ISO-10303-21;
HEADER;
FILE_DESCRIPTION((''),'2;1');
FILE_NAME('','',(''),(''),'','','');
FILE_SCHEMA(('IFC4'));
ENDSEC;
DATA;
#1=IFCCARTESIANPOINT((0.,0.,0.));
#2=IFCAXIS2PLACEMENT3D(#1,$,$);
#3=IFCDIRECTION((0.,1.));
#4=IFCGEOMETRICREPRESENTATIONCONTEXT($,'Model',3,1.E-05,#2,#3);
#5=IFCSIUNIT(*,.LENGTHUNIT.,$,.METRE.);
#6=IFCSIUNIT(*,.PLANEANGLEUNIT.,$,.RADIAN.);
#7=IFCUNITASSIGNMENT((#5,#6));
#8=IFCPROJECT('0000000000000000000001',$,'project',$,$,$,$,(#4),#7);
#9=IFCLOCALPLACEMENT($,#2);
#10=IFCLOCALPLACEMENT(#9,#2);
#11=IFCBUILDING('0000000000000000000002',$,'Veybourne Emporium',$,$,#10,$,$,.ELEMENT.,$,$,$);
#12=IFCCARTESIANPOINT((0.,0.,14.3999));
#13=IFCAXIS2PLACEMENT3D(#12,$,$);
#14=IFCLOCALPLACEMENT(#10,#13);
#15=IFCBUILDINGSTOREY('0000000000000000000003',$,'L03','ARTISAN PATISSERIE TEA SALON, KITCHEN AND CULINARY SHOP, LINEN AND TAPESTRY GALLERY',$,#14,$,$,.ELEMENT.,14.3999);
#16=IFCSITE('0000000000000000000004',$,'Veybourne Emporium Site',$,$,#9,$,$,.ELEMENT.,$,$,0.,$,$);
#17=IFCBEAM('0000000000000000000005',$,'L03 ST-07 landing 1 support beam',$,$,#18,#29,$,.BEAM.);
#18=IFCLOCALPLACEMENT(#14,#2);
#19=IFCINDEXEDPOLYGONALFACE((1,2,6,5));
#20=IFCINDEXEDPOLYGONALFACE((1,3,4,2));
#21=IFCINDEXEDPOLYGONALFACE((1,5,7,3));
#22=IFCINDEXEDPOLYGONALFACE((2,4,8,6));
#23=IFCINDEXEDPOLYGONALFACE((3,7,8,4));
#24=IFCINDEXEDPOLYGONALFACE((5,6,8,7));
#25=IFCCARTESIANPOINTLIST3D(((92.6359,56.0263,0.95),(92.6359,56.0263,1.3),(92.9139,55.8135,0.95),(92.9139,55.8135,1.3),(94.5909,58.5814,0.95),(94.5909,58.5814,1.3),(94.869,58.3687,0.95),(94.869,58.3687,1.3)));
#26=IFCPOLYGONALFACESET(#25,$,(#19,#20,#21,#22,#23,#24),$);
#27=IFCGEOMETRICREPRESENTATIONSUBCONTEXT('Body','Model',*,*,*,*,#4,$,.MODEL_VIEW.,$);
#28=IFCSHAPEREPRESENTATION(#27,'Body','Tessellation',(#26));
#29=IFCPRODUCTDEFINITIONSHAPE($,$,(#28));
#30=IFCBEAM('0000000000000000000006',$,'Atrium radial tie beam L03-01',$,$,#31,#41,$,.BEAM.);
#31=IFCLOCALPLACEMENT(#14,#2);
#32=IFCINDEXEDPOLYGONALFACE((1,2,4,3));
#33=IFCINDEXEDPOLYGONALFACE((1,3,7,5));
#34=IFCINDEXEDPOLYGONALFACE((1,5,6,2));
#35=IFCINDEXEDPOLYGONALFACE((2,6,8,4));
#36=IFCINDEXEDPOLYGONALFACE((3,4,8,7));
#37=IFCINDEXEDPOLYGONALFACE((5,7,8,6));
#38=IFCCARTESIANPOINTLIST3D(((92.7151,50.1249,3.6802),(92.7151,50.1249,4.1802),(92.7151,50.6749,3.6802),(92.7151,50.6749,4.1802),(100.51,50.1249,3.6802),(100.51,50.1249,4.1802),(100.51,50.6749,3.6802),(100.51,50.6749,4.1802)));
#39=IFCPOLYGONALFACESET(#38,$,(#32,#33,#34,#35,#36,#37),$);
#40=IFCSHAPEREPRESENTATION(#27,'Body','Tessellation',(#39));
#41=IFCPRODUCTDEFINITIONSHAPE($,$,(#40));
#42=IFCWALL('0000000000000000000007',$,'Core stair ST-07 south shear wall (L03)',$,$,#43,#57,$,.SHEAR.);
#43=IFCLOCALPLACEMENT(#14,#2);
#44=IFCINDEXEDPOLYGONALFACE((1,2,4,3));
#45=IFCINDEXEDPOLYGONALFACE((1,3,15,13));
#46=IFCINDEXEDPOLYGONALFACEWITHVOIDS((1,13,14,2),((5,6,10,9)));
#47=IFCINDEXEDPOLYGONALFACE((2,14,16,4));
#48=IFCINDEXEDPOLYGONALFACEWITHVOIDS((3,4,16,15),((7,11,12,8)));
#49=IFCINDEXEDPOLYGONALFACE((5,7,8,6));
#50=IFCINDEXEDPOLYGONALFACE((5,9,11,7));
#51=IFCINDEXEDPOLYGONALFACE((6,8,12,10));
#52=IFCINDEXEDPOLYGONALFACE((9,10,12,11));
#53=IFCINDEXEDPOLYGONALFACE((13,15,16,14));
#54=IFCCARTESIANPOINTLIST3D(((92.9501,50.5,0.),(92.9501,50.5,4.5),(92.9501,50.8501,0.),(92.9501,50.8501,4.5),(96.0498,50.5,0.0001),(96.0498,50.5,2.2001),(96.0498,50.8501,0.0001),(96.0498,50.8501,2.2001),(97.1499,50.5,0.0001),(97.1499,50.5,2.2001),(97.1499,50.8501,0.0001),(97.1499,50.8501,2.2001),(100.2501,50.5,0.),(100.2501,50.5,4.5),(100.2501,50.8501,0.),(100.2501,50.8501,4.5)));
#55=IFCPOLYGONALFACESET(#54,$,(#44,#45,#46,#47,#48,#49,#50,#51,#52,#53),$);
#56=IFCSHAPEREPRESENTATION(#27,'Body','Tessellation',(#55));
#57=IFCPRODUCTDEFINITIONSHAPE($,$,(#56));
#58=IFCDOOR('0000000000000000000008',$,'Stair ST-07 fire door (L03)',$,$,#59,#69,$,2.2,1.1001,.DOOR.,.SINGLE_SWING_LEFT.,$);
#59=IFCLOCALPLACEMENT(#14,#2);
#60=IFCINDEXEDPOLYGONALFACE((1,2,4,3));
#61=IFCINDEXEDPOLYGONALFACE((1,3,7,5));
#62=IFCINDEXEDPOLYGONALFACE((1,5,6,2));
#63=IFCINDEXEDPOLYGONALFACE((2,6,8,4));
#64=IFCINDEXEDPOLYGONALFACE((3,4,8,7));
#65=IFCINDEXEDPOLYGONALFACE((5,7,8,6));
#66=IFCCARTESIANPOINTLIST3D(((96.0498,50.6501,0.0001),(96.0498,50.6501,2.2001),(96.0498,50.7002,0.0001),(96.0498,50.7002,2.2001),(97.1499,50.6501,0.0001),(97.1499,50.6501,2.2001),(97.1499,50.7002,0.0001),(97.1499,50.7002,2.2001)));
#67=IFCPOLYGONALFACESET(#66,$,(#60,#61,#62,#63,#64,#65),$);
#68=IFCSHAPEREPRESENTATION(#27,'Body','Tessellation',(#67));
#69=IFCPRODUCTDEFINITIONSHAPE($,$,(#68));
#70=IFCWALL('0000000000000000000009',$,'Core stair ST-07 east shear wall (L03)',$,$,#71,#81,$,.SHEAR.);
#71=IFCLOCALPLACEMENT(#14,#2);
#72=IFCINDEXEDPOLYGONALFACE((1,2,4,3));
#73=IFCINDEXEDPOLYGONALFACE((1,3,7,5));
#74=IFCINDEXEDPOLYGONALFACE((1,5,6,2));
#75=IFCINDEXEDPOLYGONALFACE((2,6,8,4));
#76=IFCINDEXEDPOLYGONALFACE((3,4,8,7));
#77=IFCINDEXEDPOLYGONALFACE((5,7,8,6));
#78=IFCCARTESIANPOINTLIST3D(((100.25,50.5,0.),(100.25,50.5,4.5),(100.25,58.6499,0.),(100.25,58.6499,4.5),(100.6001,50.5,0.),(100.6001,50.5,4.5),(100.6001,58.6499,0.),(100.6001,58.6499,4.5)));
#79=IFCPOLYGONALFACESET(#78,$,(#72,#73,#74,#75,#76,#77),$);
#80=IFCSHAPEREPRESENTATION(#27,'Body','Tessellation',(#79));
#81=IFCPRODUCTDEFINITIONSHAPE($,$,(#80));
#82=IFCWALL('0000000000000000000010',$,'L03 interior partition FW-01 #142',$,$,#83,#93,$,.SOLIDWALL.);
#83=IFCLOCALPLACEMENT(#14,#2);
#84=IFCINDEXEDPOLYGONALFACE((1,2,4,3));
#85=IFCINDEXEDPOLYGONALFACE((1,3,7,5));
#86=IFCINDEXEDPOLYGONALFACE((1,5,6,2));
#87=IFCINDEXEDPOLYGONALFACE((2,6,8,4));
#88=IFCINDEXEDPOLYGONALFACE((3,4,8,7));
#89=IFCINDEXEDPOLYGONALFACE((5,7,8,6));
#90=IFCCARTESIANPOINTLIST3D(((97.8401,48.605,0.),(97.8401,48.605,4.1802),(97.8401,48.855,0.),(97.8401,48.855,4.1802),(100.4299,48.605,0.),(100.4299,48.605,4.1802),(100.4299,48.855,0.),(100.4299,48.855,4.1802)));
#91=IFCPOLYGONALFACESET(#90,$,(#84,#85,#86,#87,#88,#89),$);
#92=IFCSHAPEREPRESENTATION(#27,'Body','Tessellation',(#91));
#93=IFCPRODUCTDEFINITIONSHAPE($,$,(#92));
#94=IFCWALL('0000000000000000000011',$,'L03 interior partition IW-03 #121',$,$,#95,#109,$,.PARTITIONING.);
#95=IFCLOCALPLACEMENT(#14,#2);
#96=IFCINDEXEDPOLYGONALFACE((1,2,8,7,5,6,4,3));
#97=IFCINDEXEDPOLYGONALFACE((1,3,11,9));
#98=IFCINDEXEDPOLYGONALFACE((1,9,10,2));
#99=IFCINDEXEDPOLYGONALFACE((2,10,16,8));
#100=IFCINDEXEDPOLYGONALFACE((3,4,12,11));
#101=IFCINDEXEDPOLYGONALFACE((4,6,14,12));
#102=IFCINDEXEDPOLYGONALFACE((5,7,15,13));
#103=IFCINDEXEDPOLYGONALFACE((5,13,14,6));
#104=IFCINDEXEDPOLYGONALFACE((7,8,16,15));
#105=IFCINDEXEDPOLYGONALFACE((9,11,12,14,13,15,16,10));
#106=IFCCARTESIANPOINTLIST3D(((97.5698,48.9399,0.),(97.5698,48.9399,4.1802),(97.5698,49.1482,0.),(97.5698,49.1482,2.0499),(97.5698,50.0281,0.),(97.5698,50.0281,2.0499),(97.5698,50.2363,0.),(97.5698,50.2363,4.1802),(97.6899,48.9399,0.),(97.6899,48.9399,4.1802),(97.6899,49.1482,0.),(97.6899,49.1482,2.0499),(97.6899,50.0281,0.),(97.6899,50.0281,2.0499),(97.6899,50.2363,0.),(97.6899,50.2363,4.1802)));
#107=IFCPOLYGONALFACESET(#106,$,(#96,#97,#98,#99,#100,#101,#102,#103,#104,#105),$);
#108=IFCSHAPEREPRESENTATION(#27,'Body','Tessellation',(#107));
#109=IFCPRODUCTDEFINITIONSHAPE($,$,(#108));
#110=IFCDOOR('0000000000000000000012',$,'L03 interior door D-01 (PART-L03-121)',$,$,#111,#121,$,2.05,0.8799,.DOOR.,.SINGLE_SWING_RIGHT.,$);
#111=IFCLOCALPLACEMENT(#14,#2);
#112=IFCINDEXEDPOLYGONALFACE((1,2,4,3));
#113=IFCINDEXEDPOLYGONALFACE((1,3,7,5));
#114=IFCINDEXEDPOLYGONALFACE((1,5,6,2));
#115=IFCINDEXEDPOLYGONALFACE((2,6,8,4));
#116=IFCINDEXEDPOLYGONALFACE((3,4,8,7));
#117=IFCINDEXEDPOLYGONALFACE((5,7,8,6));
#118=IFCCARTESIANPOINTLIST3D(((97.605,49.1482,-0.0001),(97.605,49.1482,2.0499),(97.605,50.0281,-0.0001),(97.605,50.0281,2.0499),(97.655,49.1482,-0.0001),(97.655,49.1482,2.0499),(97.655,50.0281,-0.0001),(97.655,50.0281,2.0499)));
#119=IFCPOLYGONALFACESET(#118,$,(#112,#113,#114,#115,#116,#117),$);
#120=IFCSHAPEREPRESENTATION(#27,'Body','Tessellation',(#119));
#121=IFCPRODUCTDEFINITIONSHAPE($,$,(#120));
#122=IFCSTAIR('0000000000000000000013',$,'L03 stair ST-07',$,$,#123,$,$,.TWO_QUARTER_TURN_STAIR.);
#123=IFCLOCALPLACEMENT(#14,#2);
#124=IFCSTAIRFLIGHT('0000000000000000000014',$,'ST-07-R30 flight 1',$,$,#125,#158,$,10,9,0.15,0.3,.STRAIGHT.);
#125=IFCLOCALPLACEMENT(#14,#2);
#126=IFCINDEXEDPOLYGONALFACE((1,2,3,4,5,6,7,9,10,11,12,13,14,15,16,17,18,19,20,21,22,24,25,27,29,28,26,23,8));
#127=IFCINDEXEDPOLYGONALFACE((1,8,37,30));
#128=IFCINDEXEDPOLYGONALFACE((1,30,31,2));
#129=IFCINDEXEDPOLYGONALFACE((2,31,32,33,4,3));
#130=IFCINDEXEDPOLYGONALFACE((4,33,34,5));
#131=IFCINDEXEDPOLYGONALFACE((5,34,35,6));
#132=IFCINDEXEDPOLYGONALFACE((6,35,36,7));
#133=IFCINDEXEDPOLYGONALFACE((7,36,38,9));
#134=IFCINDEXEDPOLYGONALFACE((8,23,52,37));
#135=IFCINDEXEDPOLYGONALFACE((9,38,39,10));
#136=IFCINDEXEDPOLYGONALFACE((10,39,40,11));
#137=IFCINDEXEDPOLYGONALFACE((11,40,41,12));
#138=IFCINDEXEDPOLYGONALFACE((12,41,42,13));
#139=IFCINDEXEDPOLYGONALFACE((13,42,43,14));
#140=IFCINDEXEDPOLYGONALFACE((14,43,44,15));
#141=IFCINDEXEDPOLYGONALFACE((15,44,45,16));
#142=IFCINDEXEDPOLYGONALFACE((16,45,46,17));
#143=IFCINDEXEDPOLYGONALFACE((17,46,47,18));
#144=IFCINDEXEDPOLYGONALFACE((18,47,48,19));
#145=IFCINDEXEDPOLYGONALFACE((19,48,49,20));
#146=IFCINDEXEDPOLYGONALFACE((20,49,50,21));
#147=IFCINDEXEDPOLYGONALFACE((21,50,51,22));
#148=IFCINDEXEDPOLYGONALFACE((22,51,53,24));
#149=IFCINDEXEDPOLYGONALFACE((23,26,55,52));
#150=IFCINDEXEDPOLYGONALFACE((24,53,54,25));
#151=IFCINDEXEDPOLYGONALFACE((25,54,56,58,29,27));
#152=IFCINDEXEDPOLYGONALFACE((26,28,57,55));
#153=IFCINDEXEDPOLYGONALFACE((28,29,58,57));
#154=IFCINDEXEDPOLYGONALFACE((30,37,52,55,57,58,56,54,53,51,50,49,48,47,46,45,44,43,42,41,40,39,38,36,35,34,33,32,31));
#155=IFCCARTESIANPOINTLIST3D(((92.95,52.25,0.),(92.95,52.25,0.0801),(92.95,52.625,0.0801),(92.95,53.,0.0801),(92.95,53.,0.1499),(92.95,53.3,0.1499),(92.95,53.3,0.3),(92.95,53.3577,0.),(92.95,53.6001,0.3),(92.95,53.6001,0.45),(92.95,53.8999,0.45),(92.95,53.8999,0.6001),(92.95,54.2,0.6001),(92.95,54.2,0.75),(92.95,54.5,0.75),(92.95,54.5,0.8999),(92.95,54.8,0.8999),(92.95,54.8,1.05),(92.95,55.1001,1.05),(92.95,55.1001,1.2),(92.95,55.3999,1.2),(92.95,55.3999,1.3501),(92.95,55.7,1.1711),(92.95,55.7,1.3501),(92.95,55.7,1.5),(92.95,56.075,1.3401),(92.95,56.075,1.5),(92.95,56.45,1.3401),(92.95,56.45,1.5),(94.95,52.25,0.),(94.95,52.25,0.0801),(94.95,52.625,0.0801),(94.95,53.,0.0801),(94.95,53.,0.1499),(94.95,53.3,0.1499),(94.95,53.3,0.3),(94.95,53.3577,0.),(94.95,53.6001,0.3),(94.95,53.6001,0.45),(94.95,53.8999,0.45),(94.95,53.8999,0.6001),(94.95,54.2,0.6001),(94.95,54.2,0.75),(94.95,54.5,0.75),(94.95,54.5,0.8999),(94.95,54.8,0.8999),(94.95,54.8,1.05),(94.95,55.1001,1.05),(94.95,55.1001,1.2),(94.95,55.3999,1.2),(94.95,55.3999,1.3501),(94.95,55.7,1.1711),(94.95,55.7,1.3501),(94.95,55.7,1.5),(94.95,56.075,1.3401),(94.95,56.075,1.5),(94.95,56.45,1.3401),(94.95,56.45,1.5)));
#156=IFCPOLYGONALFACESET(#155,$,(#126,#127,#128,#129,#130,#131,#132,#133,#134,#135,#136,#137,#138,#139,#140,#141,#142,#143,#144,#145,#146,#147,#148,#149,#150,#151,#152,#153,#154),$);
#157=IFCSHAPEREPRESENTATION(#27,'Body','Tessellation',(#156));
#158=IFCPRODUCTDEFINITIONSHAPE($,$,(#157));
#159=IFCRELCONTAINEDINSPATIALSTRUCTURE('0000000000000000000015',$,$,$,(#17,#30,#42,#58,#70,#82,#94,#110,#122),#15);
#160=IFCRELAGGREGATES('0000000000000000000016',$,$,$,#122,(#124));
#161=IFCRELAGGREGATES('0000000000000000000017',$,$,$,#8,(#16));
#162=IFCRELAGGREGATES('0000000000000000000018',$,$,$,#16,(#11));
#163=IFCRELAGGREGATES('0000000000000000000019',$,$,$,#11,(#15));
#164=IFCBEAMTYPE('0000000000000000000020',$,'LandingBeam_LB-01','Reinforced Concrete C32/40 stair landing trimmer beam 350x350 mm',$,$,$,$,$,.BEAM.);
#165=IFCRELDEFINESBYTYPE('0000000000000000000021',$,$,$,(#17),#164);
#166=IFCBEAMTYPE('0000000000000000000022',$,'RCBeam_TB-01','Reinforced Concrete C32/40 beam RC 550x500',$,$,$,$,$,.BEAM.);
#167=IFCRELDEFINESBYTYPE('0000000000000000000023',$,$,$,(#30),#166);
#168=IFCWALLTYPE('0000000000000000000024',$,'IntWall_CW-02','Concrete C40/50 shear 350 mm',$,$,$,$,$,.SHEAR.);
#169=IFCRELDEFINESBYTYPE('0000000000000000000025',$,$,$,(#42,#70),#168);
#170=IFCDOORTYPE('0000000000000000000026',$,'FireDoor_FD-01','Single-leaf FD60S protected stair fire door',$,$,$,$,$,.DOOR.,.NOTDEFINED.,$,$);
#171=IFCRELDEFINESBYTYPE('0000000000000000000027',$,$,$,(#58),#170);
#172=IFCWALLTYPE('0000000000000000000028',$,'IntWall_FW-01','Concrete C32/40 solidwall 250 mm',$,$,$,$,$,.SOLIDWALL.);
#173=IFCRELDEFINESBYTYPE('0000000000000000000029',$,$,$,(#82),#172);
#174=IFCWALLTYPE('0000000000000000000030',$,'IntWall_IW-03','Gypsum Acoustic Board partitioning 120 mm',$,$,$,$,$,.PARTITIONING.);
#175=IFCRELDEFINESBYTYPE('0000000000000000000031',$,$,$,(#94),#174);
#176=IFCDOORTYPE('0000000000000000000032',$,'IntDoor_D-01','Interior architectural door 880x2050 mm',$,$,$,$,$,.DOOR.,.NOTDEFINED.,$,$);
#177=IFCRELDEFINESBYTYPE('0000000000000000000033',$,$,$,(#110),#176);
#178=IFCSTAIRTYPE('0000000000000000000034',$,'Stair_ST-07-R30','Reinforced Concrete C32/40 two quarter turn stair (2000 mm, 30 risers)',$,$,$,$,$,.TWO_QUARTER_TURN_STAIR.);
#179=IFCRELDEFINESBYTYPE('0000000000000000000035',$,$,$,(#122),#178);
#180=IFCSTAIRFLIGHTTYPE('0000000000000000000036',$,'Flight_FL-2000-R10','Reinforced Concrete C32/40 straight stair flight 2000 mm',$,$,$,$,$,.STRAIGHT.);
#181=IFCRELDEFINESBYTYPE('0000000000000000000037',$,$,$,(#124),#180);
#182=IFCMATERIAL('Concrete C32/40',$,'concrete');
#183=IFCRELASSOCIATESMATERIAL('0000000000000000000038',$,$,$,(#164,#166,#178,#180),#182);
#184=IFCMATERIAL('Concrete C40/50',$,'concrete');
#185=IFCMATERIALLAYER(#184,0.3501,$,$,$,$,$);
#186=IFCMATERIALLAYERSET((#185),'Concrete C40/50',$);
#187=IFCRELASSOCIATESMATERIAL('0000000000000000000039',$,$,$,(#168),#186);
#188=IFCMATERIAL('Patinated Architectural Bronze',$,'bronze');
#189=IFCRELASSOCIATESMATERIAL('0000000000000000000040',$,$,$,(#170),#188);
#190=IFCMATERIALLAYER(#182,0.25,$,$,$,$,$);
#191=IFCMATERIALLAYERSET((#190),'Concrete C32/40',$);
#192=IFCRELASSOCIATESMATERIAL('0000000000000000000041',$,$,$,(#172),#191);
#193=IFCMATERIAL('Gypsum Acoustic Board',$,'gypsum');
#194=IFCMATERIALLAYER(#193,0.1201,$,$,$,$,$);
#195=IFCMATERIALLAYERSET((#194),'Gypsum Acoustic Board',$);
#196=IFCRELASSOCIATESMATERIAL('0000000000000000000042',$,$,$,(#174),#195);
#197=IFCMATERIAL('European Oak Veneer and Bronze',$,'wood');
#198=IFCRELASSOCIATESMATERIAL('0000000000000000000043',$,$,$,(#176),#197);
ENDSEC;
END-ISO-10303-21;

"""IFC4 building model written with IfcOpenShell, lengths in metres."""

from ifc_helpers import new_model, si_unit, direction, frame, frame_2d, origin, origin_2d, place, context, subcontext, project, spatial, polyline, rectangle, outline, extrude, material, layer, layer_set, material_profile, profile_set, type_object, element, fill, aggregate, save


model = new_model("IFC4")

# Units and contexts
model_context = context("Model", 3, precision=1e-05, world=origin(), true_north=direction((0.0, 1.0)))
body_context = subcontext(model_context, "Body", "Model", "MODEL_VIEW")
ifc_project = project(units=[si_unit("LENGTHUNIT", "METRE"), si_unit("PLANEANGLEUNIT", "RADIAN")], contexts=[model_context])

# Site, building, storey
site_placement = place(None, origin())
site = spatial("IfcSite", under=ifc_project, at=site_placement, Name="Veybourne Emporium Site", CompositionType="ELEMENT", RefElevation=0.0)
building_placement = place(site_placement, origin())
building = spatial("IfcBuilding", under=site, at=building_placement, Name="Veybourne Emporium", CompositionType="ELEMENT")
storey_placement = place(building_placement, frame((0.0, 0.0, 14.3999)))
storey = spatial("IfcBuildingStorey", under=building, at=storey_placement, Name="L03", Description="ARTISAN PATISSERIE TEA SALON, KITCHEN AND CULINARY SHOP, LINEN AND TAPESTRY GALLERY", CompositionType="ELEMENT", Elevation=14.3999)

# Beams
ifc_material_1 = material(Name="Concrete C32/40", Category="concrete")
ifc_material_profile_1 = material_profile(ifc_material_1, rectangle(XDim=0.3501, YDim=0.3501, at=origin_2d()), Name="RC 350x350")
ifc_profile_set_1 = profile_set([ifc_material_profile_1], Name="Concrete C32/40")
beam_type_1 = type_object("IfcBeamType", Name="LandingBeam_LB-01", Description="Reinforced Concrete C32/40 stair landing trimmer beam 350x350 mm", PredefinedType="BEAM", material=ifc_profile_set_1)
beam_1_placement = place(storey_placement, frame((92.7749, 55.9199, 1.125), z_axis=(0.60767, 0.79419, 0.0), x_axis=(-0.79419, 0.60767, 0.0)))
element("IfcBeam", 1, at=beam_1_placement, inside=storey, type_object=beam_type_1, Name="L03 ST-07 landing 1 support beam", PredefinedType="BEAM", context=body_context, shape_type="SweptSolid", body=[
    extrude(rectangle(XDim=0.3501, YDim=0.3501, at=origin_2d()), origin(), (0.0, 0.0, 1.0), 3.2173),
])
ifc_material_profile_2 = material_profile(ifc_material_1, rectangle(XDim=0.55, YDim=0.5, at=origin_2d()), Name="RC 550x500")
ifc_profile_set_2 = profile_set([ifc_material_profile_2], Name="Concrete C32/40")
beam_type_2 = type_object("IfcBeamType", Name="RCBeam_TB-01", Description="Reinforced Concrete C32/40 beam RC 550x500", PredefinedType="BEAM", material=ifc_profile_set_2)
beam_2_placement = place(storey_placement, frame((92.7151, 50.3999, 3.9302), z_axis=(1.0, 0.0, 0.0), x_axis=(0.0, 1.0, 0.0)))
element("IfcBeam", 2, at=beam_2_placement, inside=storey, type_object=beam_type_2, Name="Atrium radial tie beam L03-01", PredefinedType="BEAM", context=body_context, shape_type="SweptSolid", body=[
    extrude(rectangle(XDim=0.55, YDim=0.5, at=origin_2d()), origin(), (0.0, 0.0, 1.0), 7.7949),
])

# Wall, opening, door
ifc_material_2 = material(Name="Concrete C40/50", Category="concrete")
ifc_layer_1 = layer(ifc_material_2, 0.3501)
ifc_layer_set_1 = layer_set([ifc_layer_1], Name="Concrete C40/50")
wall_type_1 = type_object("IfcWallType", Name="IntWall_CW-02", Description="Concrete C40/50 shear 350 mm", PredefinedType="SHEAR", material=ifc_layer_set_1)
wall_1_placement = place(storey_placement, frame((100.25, 50.675, 0.0), z_axis=(0.0, 0.0, 1.0), x_axis=(-1.0, 0.0, 0.0)))
wall_1 = element("IfcWall", 3, at=wall_1_placement, inside=storey, type_object=wall_type_1, Name="Core stair ST-07 south shear wall (L03)", PredefinedType="SHEAR", context=body_context, shape_type="SweptSolid", body=[
    extrude(rectangle(XDim=7.3, YDim=0.3501, at=frame_2d((3.6499, 0.0))), origin(), (0.0, 0.0, 1.0), 4.5),
])
opening_1_placement = place(wall_1_placement, frame((3.1001, 0.0, 0.0)))
opening_1 = element("IfcOpeningElement", 4, at=opening_1_placement, cuts=wall_1, PredefinedType="OPENING", context=body_context, shape_type="SweptSolid", body=[
    extrude(rectangle(XDim=1.1001, YDim=2.2, at=frame_2d((0.55, 1.1001))), frame((0.0, 0.1951, 0.0), z_axis=(0.0, -1.0, 0.0), x_axis=(1.0, 0.0, 0.0)), (0.0, 0.0, 1.0), 0.3901),
])
ifc_material_3 = material(Name="Patinated Architectural Bronze", Category="bronze")
door_type_1 = type_object("IfcDoorType", Name="FireDoor_FD-01", Description="Single-leaf FD60S protected stair fire door", OperationType="NOTDEFINED", PredefinedType="DOOR", material=ifc_material_3)
door_1_placement = place(opening_1_placement, origin())
door_1 = element("IfcDoor", 5, at=door_1_placement, inside=storey, type_object=door_type_1, Name="Stair ST-07 fire door (L03)", OperationType="SINGLE_SWING_LEFT", OverallHeight=2.2, OverallWidth=1.1001, PredefinedType="DOOR", context=body_context, shape_type="SweptSolid", body=[
    extrude(rectangle(XDim=1.1001, YDim=2.2, at=frame_2d((0.55, 1.1001))), frame((0.0, 0.0249, 0.0), z_axis=(0.0, -1.0, 0.0), x_axis=(1.0, 0.0, 0.0)), (0.0, 0.0, 1.0), 0.05),
])
fill(opening_1, door_1)

# Walls
wall_2_placement = place(storey_placement, frame((100.425, 50.5, 0.0), z_axis=(0.0, 0.0, 1.0), x_axis=(0.0, 1.0, 0.0)))
element("IfcWall", 6, at=wall_2_placement, inside=storey, type_object=wall_type_1, Name="Core stair ST-07 east shear wall (L03)", PredefinedType="SHEAR", context=body_context, shape_type="SweptSolid", body=[
    extrude(rectangle(XDim=8.1499, YDim=0.3501, at=frame_2d((4.075, 0.0))), origin(), (0.0, 0.0, 1.0), 4.5),
])
ifc_layer_2 = layer(ifc_material_1, 0.25)
ifc_layer_set_2 = layer_set([ifc_layer_2], Name="Concrete C32/40")
wall_type_2 = type_object("IfcWallType", Name="IntWall_FW-01", Description="Concrete C32/40 solidwall 250 mm", PredefinedType="SOLIDWALL", material=ifc_layer_set_2)
wall_3_placement = place(storey_placement, frame((97.8401, 48.73, 0.0), z_axis=(0.0, 0.0, 1.0), x_axis=(1.0, 0.0, 0.0)))
element("IfcWall", 7, at=wall_3_placement, inside=storey, type_object=wall_type_2, Name="L03 interior partition FW-01 #142", PredefinedType="SOLIDWALL", context=body_context, shape_type="SweptSolid", body=[
    extrude(rectangle(XDim=2.5898, YDim=0.25, at=frame_2d((1.2949, 0.0))), origin(), (0.0, 0.0, 1.0), 4.1802),
])

# Wall, opening, door
ifc_material_4 = material(Name="Gypsum Acoustic Board", Category="gypsum")
ifc_layer_3 = layer(ifc_material_4, 0.1201)
ifc_layer_set_3 = layer_set([ifc_layer_3], Name="Gypsum Acoustic Board")
wall_type_3 = type_object("IfcWallType", Name="IntWall_IW-03", Description="Gypsum Acoustic Board partitioning 120 mm", PredefinedType="PARTITIONING", material=ifc_layer_set_3)
wall_4_placement = place(storey_placement, frame((97.6299, 48.9399, 0.0), z_axis=(0.0, 0.0, 1.0), x_axis=(0.0, 1.0, 0.0)))
wall_4 = element("IfcWall", 8, at=wall_4_placement, inside=storey, type_object=wall_type_3, Name="L03 interior partition IW-03 #121", PredefinedType="PARTITIONING", context=body_context, shape_type="SweptSolid", body=[
    extrude(rectangle(XDim=1.2964, YDim=0.1201, at=frame_2d((0.6482, 0.0))), origin(), (0.0, 0.0, 1.0), 4.1802),
])
opening_2_placement = place(wall_4_placement, frame((0.2083, 0.0, 0.0)))
opening_2 = element("IfcOpeningElement", 9, at=opening_2_placement, cuts=wall_4, PredefinedType="OPENING", context=body_context, shape_type="SweptSolid", body=[
    extrude(rectangle(XDim=0.8799, YDim=2.05, at=frame_2d((0.4399, 1.0249))), frame((0.0, 0.0801, 0.0), z_axis=(0.0, -1.0, 0.0), x_axis=(1.0, 0.0, 0.0)), (0.0, 0.0, 1.0), 0.1602),
])
ifc_material_5 = material(Name="European Oak Veneer and Bronze", Category="wood")
door_type_2 = type_object("IfcDoorType", Name="IntDoor_D-01", Description="Interior architectural door 880x2050 mm", OperationType="NOTDEFINED", PredefinedType="DOOR", material=ifc_material_5)
door_2_placement = place(opening_2_placement, origin())
door_2 = element("IfcDoor", 10, at=door_2_placement, inside=storey, type_object=door_type_2, Name="L03 interior door D-01 (PART-L03-121)", OperationType="SINGLE_SWING_RIGHT", OverallHeight=2.05, OverallWidth=0.8799, PredefinedType="DOOR", context=body_context, shape_type="SweptSolid", body=[
    extrude(rectangle(XDim=0.8799, YDim=2.05, at=frame_2d((0.4399, 1.0249))), frame((0.0, 0.0249, 0.0), z_axis=(0.0, -1.0, 0.0), x_axis=(1.0, 0.0, 0.0)), (0.0, 0.0, 1.0), 0.05),
])
fill(opening_2, door_2)

# Stair, stair flight
stair_type = type_object("IfcStairType", Name="Stair_ST-07-R30", Description="Reinforced Concrete C32/40 two quarter turn stair (2000 mm, 30 risers)", PredefinedType="TWO_QUARTER_TURN_STAIR", material=ifc_material_1)
stair_placement = place(storey_placement, origin())
stair = element("IfcStair", 11, at=stair_placement, inside=storey, type_object=stair_type, Name="L03 stair ST-07", PredefinedType="TWO_QUARTER_TURN_STAIR")
stair_flight_type = type_object("IfcStairFlightType", Name="Flight_FL-2000-R10", Description="Reinforced Concrete C32/40 straight stair flight 2000 mm", PredefinedType="STRAIGHT", material=ifc_material_1)
stair_flight_1_placement = place(storey_placement, frame((93.95, 53.0, 0.0), z_axis=(0.0, 0.0, 1.0), x_axis=(0.0, 1.0, 0.0)))
stair_flight_1 = element("IfcStairFlight", 12, at=stair_flight_1_placement, type_object=stair_flight_type, Name="ST-07-R30 flight 1", NumberOfRisers=10, NumberOfTreads=9, PredefinedType="STRAIGHT", RiserHeight=0.15, TreadLength=0.3, context=body_context, shape_type="SweptSolid", body=[
    extrude(outline(polyline([(-0.75, 0.0), (-0.75, 0.0801), (-0.375, 0.0801), (0.0, 0.0801), (0.0, 0.1499), (0.3, 0.1499), (0.3, 0.3), (0.6001, 0.3), (0.6001, 0.45), (0.8999, 0.45), (0.8999, 0.6001), (1.2, 0.6001), (1.2, 0.75), (1.5, 0.75), (1.5, 0.8999), (1.8, 0.8999), (1.8, 1.05), (2.1001, 1.05), (2.1001, 1.2), (2.3999, 1.2), (2.3999, 1.3501), (2.7, 1.3501), (2.7, 1.5), (3.075, 1.5), (3.45, 1.5), (3.45, 1.3401), (3.075, 1.3401), (2.7, 1.1711), (0.3577, 0.0), (-0.75, 0.0)])), frame((0.0, 1.0, 0.0), z_axis=(0.0, -1.0, 0.0), x_axis=(1.0, 0.0, 0.0)), (0.0, 0.0, 1.0), 2.0),
])
aggregate(stair, [stair_flight_1])

save(model, "model.ifc")
